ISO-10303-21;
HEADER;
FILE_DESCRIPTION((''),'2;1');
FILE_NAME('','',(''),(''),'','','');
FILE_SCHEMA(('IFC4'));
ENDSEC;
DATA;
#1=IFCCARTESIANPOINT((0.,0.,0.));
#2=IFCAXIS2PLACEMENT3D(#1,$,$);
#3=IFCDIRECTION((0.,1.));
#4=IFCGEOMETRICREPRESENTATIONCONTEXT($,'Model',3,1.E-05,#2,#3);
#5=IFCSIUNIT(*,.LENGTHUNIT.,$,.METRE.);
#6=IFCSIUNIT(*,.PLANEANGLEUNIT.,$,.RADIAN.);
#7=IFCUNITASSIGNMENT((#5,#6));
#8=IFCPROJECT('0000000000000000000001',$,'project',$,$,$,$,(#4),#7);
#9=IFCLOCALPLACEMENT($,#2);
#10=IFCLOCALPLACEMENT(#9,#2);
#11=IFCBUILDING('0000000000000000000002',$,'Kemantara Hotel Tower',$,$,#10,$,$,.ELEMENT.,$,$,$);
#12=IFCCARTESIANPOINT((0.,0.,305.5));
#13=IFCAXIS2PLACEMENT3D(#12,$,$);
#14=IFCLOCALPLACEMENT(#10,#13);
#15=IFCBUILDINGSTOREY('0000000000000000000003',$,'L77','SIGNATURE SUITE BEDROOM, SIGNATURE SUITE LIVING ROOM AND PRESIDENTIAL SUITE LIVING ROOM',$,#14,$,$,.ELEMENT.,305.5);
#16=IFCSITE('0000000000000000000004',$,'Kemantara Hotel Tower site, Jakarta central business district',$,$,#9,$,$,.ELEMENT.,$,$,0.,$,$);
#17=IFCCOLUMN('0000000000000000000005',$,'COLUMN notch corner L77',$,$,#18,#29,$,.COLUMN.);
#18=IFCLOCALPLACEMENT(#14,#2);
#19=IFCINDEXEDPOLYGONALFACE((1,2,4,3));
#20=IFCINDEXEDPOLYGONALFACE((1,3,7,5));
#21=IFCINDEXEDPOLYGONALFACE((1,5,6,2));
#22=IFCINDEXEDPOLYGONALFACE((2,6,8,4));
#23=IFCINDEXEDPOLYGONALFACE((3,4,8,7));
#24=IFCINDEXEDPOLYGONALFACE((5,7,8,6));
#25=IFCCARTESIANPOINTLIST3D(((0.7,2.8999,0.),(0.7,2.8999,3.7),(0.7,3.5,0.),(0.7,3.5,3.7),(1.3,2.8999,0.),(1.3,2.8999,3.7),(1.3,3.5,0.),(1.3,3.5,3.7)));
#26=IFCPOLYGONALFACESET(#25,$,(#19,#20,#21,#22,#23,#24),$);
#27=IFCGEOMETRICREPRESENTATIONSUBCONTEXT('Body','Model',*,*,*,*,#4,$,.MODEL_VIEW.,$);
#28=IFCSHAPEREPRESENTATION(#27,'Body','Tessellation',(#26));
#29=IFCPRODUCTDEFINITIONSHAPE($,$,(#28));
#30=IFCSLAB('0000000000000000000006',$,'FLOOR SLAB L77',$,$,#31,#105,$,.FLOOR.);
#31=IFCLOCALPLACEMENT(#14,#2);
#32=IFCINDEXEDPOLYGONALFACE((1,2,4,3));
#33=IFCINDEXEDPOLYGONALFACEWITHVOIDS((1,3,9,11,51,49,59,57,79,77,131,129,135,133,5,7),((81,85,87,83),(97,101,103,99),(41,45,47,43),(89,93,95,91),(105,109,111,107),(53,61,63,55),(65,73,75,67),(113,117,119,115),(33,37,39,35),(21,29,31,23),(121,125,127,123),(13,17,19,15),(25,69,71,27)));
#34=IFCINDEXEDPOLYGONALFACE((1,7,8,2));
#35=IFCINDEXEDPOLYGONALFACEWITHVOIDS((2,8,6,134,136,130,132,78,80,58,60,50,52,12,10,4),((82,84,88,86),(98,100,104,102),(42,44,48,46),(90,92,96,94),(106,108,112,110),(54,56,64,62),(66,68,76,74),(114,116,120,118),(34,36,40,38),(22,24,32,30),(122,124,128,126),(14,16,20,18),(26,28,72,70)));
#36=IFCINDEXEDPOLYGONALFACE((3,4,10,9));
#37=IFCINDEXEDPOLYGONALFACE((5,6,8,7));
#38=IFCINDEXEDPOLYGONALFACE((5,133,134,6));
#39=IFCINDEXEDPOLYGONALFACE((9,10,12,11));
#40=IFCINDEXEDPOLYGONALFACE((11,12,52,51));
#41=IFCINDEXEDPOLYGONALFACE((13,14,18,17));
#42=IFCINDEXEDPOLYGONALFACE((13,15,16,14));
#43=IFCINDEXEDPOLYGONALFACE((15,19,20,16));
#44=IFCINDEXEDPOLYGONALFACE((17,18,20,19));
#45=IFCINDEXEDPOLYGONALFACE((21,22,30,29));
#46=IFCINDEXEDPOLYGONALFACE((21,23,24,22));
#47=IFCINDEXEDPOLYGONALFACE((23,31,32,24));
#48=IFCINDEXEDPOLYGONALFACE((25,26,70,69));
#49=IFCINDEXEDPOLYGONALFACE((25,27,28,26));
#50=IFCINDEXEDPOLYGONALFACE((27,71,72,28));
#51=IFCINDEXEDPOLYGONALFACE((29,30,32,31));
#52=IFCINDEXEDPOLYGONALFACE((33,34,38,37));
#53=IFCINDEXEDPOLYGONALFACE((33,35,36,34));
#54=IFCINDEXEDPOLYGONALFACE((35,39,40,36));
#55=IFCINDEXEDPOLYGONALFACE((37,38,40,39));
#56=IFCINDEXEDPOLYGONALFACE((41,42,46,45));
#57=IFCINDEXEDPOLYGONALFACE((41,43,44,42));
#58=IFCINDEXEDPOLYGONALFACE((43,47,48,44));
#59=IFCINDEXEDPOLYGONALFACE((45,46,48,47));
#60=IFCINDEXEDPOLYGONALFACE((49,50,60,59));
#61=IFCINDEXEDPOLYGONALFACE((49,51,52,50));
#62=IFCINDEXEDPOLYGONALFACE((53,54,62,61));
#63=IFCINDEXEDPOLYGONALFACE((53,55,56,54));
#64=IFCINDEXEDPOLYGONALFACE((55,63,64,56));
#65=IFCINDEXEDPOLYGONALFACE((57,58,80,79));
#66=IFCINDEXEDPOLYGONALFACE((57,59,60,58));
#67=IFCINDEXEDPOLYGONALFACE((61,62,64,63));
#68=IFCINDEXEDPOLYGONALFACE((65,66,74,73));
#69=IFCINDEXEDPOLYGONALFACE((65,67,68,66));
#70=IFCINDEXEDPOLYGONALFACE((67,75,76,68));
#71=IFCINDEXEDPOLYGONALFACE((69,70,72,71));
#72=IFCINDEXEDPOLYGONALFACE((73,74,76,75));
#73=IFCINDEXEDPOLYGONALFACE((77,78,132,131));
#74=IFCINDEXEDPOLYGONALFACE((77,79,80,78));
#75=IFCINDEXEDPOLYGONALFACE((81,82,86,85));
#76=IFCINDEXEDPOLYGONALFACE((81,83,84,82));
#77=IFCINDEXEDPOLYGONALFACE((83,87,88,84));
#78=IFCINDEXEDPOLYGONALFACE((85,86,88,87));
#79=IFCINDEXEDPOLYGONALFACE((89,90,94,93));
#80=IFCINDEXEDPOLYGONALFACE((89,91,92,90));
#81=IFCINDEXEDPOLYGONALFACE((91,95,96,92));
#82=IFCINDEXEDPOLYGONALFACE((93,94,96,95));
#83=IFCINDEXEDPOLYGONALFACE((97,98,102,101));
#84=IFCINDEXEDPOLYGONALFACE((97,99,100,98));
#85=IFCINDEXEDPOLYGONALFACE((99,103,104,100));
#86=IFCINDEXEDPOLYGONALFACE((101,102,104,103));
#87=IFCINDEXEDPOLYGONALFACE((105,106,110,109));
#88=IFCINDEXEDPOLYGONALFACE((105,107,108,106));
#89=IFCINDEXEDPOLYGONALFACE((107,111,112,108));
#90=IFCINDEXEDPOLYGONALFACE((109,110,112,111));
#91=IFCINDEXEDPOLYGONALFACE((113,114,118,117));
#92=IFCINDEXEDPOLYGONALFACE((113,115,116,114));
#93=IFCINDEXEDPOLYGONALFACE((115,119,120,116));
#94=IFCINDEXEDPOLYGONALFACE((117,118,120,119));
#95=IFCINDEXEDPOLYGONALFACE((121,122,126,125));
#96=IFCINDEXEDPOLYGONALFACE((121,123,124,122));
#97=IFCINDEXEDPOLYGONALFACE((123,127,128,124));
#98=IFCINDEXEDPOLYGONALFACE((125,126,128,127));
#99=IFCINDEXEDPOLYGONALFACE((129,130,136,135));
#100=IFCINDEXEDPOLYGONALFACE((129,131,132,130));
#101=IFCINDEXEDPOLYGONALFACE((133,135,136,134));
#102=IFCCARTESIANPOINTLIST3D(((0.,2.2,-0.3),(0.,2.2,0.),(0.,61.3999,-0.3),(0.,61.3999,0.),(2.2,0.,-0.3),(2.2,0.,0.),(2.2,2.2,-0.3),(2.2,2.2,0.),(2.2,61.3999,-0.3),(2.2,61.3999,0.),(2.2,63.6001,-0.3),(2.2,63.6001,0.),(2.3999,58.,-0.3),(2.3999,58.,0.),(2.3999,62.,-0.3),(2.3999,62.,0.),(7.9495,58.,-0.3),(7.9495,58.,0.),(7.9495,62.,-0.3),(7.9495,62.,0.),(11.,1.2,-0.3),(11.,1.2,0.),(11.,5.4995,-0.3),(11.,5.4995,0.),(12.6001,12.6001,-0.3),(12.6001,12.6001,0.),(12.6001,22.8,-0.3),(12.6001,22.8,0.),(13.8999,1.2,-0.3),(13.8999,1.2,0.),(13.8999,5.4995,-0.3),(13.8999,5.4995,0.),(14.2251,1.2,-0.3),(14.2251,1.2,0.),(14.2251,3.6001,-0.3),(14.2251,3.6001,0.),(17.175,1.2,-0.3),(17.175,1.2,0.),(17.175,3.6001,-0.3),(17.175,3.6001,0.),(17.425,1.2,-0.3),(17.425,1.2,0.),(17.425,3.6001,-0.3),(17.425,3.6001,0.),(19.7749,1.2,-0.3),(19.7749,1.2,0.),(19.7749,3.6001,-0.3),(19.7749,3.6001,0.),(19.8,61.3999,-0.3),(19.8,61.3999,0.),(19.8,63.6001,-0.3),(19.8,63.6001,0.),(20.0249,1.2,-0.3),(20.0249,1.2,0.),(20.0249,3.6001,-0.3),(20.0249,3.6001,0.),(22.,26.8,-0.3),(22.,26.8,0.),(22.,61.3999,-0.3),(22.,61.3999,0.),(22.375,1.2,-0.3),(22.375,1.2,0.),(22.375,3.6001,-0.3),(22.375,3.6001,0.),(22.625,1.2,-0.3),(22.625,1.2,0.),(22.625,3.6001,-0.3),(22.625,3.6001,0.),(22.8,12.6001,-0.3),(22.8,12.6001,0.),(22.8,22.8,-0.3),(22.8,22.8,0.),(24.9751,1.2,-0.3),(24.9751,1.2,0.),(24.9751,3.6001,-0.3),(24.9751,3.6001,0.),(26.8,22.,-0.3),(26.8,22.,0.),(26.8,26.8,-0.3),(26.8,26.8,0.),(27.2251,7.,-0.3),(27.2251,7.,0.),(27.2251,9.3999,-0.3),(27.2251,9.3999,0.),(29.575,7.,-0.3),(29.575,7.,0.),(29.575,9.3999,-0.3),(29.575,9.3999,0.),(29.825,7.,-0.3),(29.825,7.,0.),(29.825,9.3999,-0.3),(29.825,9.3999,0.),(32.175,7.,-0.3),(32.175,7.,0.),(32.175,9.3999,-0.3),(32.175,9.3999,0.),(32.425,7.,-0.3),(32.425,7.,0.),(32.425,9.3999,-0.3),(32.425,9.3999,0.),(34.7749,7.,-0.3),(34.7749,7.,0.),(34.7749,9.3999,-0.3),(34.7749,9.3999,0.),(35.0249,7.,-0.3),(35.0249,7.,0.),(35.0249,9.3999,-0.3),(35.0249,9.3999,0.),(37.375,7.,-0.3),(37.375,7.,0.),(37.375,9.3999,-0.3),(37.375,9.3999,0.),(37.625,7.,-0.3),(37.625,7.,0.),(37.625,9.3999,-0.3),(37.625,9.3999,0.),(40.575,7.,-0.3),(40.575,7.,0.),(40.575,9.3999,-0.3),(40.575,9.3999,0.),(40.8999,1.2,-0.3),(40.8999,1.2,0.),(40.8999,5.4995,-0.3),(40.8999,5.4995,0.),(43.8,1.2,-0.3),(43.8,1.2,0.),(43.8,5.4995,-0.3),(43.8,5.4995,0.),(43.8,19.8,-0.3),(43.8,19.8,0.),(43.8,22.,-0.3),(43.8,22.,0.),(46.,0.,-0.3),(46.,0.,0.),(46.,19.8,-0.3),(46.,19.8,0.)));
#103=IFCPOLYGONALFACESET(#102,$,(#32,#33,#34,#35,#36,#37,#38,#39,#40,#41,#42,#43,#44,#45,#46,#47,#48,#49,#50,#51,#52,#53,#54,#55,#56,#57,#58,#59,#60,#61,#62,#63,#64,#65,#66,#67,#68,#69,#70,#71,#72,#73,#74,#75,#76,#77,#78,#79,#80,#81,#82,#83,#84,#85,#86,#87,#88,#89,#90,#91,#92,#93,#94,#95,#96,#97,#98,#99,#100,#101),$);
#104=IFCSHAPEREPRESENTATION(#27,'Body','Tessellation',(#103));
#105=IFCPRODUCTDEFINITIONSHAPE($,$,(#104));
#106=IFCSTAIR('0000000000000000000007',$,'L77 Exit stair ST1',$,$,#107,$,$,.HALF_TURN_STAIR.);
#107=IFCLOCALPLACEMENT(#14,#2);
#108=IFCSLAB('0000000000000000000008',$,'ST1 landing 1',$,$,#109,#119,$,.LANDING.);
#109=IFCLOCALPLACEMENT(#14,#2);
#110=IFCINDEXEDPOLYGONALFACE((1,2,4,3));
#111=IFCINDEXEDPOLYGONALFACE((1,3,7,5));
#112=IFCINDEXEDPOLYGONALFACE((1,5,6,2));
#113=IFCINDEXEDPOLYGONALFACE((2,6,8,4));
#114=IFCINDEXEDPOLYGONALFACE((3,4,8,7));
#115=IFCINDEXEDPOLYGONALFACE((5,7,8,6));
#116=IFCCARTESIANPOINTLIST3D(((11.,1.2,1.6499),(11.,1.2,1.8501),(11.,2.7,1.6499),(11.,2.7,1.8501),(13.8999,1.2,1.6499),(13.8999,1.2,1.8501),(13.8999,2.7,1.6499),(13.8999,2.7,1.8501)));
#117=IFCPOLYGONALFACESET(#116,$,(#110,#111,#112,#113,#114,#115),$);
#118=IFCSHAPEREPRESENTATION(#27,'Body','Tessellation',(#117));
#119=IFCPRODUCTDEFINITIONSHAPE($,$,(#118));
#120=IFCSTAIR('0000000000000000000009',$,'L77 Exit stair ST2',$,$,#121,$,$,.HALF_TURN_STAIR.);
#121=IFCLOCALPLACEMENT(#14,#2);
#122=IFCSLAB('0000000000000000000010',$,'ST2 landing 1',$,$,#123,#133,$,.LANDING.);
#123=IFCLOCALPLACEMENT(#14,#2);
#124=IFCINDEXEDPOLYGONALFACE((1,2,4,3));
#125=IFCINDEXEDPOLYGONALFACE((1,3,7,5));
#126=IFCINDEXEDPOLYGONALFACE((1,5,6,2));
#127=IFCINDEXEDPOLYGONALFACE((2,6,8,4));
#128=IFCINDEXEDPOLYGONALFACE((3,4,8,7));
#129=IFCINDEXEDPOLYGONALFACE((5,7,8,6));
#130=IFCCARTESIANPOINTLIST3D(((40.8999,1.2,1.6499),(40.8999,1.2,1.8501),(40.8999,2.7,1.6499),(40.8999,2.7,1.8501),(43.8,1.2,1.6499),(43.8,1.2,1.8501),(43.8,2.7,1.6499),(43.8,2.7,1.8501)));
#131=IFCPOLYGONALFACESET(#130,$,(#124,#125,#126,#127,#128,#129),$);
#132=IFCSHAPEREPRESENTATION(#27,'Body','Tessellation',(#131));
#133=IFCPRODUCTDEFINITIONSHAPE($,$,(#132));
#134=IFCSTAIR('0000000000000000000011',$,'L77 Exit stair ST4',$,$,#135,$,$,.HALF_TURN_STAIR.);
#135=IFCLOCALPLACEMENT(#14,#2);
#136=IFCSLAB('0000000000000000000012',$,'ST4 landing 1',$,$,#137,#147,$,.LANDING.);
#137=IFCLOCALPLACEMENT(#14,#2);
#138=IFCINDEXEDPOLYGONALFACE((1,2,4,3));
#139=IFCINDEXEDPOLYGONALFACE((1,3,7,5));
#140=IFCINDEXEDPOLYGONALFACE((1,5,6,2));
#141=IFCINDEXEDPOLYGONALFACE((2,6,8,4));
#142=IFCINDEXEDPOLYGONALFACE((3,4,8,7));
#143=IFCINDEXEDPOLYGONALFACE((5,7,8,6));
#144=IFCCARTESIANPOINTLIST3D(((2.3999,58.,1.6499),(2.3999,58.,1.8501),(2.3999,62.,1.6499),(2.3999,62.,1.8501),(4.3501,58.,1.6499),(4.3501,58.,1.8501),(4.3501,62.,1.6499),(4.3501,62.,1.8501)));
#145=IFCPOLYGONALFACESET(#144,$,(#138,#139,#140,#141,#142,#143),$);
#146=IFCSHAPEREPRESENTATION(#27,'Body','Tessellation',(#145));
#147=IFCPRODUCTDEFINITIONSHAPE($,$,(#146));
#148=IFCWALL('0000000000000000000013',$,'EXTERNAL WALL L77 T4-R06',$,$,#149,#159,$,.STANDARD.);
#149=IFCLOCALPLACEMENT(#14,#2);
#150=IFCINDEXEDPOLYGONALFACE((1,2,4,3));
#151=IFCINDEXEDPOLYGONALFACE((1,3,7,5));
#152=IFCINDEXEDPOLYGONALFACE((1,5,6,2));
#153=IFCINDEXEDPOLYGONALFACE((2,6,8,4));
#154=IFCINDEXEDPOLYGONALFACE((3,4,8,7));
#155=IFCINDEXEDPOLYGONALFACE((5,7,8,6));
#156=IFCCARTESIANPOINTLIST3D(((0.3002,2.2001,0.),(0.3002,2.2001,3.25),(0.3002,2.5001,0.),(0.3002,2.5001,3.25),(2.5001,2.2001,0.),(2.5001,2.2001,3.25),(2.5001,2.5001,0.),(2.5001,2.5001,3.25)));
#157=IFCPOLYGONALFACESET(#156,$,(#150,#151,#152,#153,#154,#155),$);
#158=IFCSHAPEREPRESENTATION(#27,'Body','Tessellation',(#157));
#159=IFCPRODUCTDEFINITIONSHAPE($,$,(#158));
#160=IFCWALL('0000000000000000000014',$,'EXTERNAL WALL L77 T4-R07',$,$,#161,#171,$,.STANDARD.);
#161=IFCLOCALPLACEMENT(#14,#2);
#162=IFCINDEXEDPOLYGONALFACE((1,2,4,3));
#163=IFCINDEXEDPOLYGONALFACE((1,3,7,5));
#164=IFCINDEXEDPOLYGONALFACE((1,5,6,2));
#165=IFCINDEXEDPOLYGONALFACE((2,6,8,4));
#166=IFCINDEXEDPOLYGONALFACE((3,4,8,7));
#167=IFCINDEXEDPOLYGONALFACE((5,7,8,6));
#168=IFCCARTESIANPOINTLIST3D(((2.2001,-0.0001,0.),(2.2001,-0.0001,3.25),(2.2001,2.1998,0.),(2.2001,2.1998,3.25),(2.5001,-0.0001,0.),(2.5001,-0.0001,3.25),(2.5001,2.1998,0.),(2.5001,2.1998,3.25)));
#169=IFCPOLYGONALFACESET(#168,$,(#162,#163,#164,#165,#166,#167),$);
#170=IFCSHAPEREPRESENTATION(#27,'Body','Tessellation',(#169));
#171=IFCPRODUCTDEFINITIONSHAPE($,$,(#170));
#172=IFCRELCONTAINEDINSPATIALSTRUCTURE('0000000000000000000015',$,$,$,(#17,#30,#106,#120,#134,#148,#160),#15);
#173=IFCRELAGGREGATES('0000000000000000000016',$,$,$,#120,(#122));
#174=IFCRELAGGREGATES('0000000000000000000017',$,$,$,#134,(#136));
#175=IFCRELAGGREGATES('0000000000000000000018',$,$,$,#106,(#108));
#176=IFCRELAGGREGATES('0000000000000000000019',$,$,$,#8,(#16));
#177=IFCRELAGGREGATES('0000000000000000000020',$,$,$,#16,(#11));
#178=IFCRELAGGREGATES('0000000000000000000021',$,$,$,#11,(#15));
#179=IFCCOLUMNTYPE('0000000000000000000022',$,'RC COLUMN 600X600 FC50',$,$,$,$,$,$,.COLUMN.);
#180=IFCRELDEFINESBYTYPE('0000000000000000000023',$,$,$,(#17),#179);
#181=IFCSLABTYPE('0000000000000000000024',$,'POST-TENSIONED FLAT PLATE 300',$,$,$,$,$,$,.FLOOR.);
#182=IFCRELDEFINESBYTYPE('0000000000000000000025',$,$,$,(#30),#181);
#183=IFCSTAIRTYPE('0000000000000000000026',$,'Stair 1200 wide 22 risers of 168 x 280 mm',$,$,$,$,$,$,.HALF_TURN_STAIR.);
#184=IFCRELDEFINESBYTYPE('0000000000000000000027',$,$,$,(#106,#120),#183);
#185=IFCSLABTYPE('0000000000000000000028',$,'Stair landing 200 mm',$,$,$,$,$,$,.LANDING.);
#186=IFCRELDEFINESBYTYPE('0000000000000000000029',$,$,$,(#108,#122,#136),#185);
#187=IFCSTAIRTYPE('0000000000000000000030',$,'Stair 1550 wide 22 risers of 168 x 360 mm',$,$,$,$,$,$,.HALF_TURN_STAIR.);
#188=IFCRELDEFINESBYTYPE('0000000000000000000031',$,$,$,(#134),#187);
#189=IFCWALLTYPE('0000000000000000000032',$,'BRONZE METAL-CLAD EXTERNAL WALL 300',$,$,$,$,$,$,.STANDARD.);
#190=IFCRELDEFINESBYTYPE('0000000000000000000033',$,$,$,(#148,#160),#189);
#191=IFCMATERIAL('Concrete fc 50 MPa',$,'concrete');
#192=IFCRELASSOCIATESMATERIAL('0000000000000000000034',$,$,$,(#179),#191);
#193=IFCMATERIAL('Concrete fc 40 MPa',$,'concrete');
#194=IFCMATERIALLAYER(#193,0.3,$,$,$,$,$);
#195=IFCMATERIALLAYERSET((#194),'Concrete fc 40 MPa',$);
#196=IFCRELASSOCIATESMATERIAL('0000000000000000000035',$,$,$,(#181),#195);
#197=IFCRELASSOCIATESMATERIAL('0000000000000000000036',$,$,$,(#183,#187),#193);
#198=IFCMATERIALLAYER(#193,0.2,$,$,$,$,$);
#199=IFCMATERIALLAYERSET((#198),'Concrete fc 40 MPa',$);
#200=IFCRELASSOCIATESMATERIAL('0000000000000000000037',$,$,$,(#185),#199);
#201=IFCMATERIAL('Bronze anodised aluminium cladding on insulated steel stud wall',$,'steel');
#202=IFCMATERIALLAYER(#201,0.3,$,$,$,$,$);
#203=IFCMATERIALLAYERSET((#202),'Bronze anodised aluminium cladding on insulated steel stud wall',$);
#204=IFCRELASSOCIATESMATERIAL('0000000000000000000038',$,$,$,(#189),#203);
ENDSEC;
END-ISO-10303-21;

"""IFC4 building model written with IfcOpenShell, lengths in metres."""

from ifc_helpers import new_model, si_unit, direction, frame, frame_2d, origin, origin_2d, place, context, subcontext, project, spatial, polyline, rectangle, outline, extrude, material, layer, layer_set, material_profile, profile_set, type_object, element, aggregate, save


model = new_model("IFC4")

# Units and contexts
model_context = context("Model", 3, precision=1e-05, world=origin(), true_north=direction((0.0, 1.0)))
body_context = subcontext(model_context, "Body", "Model", "MODEL_VIEW")
ifc_project = project(units=[si_unit("LENGTHUNIT", "METRE"), si_unit("PLANEANGLEUNIT", "RADIAN")], contexts=[model_context])

# Site, building, storey
site_placement = place(None, origin())
site = spatial("IfcSite", under=ifc_project, at=site_placement, Name="Kemantara Hotel Tower site, Jakarta central business district", CompositionType="ELEMENT", RefElevation=0.0)
building_placement = place(site_placement, origin())
building = spatial("IfcBuilding", under=site, at=building_placement, Name="Kemantara Hotel Tower", CompositionType="ELEMENT")
storey_placement = place(building_placement, frame((0.0, 0.0, 305.5)))
storey = spatial("IfcBuildingStorey", under=building, at=storey_placement, Name="L77", Description="SIGNATURE SUITE BEDROOM, SIGNATURE SUITE LIVING ROOM AND PRESIDENTIAL SUITE LIVING ROOM", CompositionType="ELEMENT", Elevation=305.5)

# Column
ifc_material_1 = material(Name="Concrete fc 50 MPa", Category="concrete")
ifc_material_profile = material_profile(ifc_material_1, rectangle(XDim=0.6001, YDim=0.6001, at=origin_2d()), Name="RC 600X600")
ifc_profile_set = profile_set([ifc_material_profile], Name="Concrete fc 50 MPa")
column_type = type_object("IfcColumnType", Name="RC COLUMN 600X600 FC50", PredefinedType="COLUMN", material=ifc_profile_set)
column_placement = place(storey_placement, frame((1.0, 3.2, 0.0), z_axis=(0.0, 0.0, 1.0), x_axis=(1.0, 0.0, 0.0)))
element("IfcColumn", 1, at=column_placement, inside=storey, type_object=column_type, Name="COLUMN notch corner L77", PredefinedType="COLUMN", context=body_context, shape_type="SweptSolid", body=[
    extrude(rectangle(XDim=0.6001, YDim=0.6001, at=origin_2d()), origin(), (0.0, 0.0, 1.0), 3.7),
])

# Slab
ifc_material_2 = material(Name="Concrete fc 40 MPa", Category="concrete")
ifc_layer_1 = layer(ifc_material_2, 0.3)
ifc_layer_set_1 = layer_set([ifc_layer_1], Name="Concrete fc 40 MPa")
slab_type_1 = type_object("IfcSlabType", Name="POST-TENSIONED FLAT PLATE 300", PredefinedType="FLOOR", material=ifc_layer_set_1)
slab_1_placement = place(storey_placement, frame((0.0, 0.0, -0.3)))
element("IfcSlab", 2, at=slab_1_placement, inside=storey, type_object=slab_type_1, Name="FLOOR SLAB L77", PredefinedType="FLOOR", context=body_context, shape_type="SweptSolid", body=[
    extrude(outline(polyline([(22.0, 26.8), (22.0, 61.3999), (19.8, 61.3999), (19.8, 63.6001), (2.2, 63.6001), (2.2, 61.3999), (0.0, 61.3999), (0.0, 2.2), (2.2, 2.2), (2.2, 0.0), (46.0, 0.0), (46.0, 19.8), (43.8, 19.8), (43.8, 22.0), (26.8, 22.0), (26.8, 26.8), (22.0, 26.8)]), holes=[polyline([(17.175, 3.6001), (17.175, 1.2), (14.2251, 1.2), (14.2251, 3.6001), (17.175, 3.6001)]), polyline([(19.7749, 1.2), (17.425, 1.2), (17.425, 3.6001), (19.7749, 3.6001), (19.7749, 1.2)]), polyline([(22.375, 1.2), (20.0249, 1.2), (20.0249, 3.6001), (22.375, 3.6001), (22.375, 1.2)]), polyline([(24.9751, 3.6001), (24.9751, 1.2), (22.625, 1.2), (22.625, 3.6001), (24.9751, 3.6001)]), polyline([(11.0, 1.2), (11.0, 5.4995), (13.8999, 5.4995), (13.8999, 1.2), (11.0, 1.2)]), polyline([(22.8, 12.6001), (12.6001, 12.6001), (12.6001, 22.8), (22.8, 22.8), (22.8, 12.6001)]), polyline([(2.3999, 58.0), (2.3999, 62.0), (7.9495, 62.0), (7.9495, 58.0), (2.3999, 58.0)]), polyline([(40.8999, 1.2), (40.8999, 5.4995), (43.8, 5.4995), (43.8, 1.2), (40.8999, 1.2)]), polyline([(29.575, 7.0), (27.2251, 7.0), (27.2251, 9.3999), (29.575, 9.3999), (29.575, 7.0)]), polyline([(32.175, 7.0), (29.825, 7.0), (29.825, 9.3999), (32.175, 9.3999), (32.175, 7.0)]), polyline([(34.7749, 7.0), (32.425, 7.0), (32.425, 9.3999), (34.7749, 9.3999), (34.7749, 7.0)]), polyline([(37.375, 7.0), (35.0249, 7.0), (35.0249, 9.3999), (37.375, 9.3999), (37.375, 7.0)]), polyline([(40.575, 7.0), (37.625, 7.0), (37.625, 9.3999), (40.575, 9.3999), (40.575, 7.0)])]), origin(), (0.0, 0.0, 1.0), 0.3),
])

# Stairs, slabs
stair_type_1 = type_object("IfcStairType", Name="Stair 1200 wide 22 risers of 168 x 280 mm", PredefinedType="HALF_TURN_STAIR", material=ifc_material_2)
stair_1_placement = place(storey_placement, origin())
stair_1 = element("IfcStair", 3, at=stair_1_placement, inside=storey, type_object=stair_type_1, Name="L77 Exit stair ST1", PredefinedType="HALF_TURN_STAIR")
ifc_layer_2 = layer(ifc_material_2, 0.2)
ifc_layer_set_2 = layer_set([ifc_layer_2], Name="Concrete fc 40 MPa")
slab_type_2 = type_object("IfcSlabType", Name="Stair landing 200 mm", PredefinedType="LANDING", material=ifc_layer_set_2)
slab_2_placement = place(storey_placement, frame((0.0, 0.0, 1.6499)))
slab_2 = element("IfcSlab", 4, at=slab_2_placement, type_object=slab_type_2, Name="ST1 landing 1", PredefinedType="LANDING", context=body_context, shape_type="SweptSolid", body=[
    extrude(outline(polyline([(11.0, 2.7), (11.0, 1.2), (13.8999, 1.2), (13.8999, 2.7), (11.0, 2.7)])), origin(), (0.0, 0.0, 1.0), 0.2002),
])
stair_2_placement = place(storey_placement, origin())
stair_2 = element("IfcStair", 5, at=stair_2_placement, inside=storey, type_object=stair_type_1, Name="L77 Exit stair ST2", PredefinedType="HALF_TURN_STAIR")
slab_3_placement = place(storey_placement, frame((0.0, 0.0, 1.6499)))
slab_3 = element("IfcSlab", 6, at=slab_3_placement, type_object=slab_type_2, Name="ST2 landing 1", PredefinedType="LANDING", context=body_context, shape_type="SweptSolid", body=[
    extrude(outline(polyline([(40.8999, 2.7), (40.8999, 1.2), (43.8, 1.2), (43.8, 2.7), (40.8999, 2.7)])), origin(), (0.0, 0.0, 1.0), 0.2002),
])
aggregate(stair_2, [slab_3])
stair_type_2 = type_object("IfcStairType", Name="Stair 1550 wide 22 risers of 168 x 360 mm", PredefinedType="HALF_TURN_STAIR", material=ifc_material_2)
stair_3_placement = place(storey_placement, origin())
stair_3 = element("IfcStair", 7, at=stair_3_placement, inside=storey, type_object=stair_type_2, Name="L77 Exit stair ST4", PredefinedType="HALF_TURN_STAIR")
slab_4_placement = place(storey_placement, frame((0.0, 0.0, 1.6499)))
slab_4 = element("IfcSlab", 8, at=slab_4_placement, type_object=slab_type_2, Name="ST4 landing 1", PredefinedType="LANDING", context=body_context, shape_type="SweptSolid", body=[
    extrude(outline(polyline([(4.3501, 62.0), (2.3999, 62.0), (2.3999, 58.0), (4.3501, 58.0), (4.3501, 62.0)])), origin(), (0.0, 0.0, 1.0), 0.2002),
])
aggregate(stair_3, [slab_4])

# Walls
ifc_material_3 = material(Name="Bronze anodised aluminium cladding on insulated steel stud wall", Category="steel")
ifc_layer_3 = layer(ifc_material_3, 0.3)
ifc_layer_set_3 = layer_set([ifc_layer_3], Name="Bronze anodised aluminium cladding on insulated steel stud wall")
wall_type_1 = type_object("IfcWallType", Name="BRONZE METAL-CLAD EXTERNAL WALL 300", PredefinedType="STANDARD", material=ifc_layer_set_3)
for number, where, z_axis, x_axis, name in (
    (9, (0.3, 2.3501, 0.0), (0.0, 0.0, 1.0), (1.0, 0.0, 0.0), "EXTERNAL WALL L77 T4-R06"),
    (10, (2.3501, 2.2, 0.0), (0.0, 0.0, 1.0), (0.0, -1.0, 0.0), "EXTERNAL WALL L77 T4-R07"),
):
    element("IfcWall", number, at=place(storey_placement, frame(where, z_axis=z_axis, x_axis=x_axis)), inside=storey, type_object=wall_type_1, Name=name, PredefinedType="STANDARD", context=body_context, shape_type="SweptSolid", body=[
        extrude(rectangle(XDim=2.2, YDim=0.3, at=frame_2d((1.1001, 0.0))), origin(), (0.0, 0.0, 1.0), 3.25),
    ])

aggregate(stair_1, [slab_2])

save(model, "model.ifc")
